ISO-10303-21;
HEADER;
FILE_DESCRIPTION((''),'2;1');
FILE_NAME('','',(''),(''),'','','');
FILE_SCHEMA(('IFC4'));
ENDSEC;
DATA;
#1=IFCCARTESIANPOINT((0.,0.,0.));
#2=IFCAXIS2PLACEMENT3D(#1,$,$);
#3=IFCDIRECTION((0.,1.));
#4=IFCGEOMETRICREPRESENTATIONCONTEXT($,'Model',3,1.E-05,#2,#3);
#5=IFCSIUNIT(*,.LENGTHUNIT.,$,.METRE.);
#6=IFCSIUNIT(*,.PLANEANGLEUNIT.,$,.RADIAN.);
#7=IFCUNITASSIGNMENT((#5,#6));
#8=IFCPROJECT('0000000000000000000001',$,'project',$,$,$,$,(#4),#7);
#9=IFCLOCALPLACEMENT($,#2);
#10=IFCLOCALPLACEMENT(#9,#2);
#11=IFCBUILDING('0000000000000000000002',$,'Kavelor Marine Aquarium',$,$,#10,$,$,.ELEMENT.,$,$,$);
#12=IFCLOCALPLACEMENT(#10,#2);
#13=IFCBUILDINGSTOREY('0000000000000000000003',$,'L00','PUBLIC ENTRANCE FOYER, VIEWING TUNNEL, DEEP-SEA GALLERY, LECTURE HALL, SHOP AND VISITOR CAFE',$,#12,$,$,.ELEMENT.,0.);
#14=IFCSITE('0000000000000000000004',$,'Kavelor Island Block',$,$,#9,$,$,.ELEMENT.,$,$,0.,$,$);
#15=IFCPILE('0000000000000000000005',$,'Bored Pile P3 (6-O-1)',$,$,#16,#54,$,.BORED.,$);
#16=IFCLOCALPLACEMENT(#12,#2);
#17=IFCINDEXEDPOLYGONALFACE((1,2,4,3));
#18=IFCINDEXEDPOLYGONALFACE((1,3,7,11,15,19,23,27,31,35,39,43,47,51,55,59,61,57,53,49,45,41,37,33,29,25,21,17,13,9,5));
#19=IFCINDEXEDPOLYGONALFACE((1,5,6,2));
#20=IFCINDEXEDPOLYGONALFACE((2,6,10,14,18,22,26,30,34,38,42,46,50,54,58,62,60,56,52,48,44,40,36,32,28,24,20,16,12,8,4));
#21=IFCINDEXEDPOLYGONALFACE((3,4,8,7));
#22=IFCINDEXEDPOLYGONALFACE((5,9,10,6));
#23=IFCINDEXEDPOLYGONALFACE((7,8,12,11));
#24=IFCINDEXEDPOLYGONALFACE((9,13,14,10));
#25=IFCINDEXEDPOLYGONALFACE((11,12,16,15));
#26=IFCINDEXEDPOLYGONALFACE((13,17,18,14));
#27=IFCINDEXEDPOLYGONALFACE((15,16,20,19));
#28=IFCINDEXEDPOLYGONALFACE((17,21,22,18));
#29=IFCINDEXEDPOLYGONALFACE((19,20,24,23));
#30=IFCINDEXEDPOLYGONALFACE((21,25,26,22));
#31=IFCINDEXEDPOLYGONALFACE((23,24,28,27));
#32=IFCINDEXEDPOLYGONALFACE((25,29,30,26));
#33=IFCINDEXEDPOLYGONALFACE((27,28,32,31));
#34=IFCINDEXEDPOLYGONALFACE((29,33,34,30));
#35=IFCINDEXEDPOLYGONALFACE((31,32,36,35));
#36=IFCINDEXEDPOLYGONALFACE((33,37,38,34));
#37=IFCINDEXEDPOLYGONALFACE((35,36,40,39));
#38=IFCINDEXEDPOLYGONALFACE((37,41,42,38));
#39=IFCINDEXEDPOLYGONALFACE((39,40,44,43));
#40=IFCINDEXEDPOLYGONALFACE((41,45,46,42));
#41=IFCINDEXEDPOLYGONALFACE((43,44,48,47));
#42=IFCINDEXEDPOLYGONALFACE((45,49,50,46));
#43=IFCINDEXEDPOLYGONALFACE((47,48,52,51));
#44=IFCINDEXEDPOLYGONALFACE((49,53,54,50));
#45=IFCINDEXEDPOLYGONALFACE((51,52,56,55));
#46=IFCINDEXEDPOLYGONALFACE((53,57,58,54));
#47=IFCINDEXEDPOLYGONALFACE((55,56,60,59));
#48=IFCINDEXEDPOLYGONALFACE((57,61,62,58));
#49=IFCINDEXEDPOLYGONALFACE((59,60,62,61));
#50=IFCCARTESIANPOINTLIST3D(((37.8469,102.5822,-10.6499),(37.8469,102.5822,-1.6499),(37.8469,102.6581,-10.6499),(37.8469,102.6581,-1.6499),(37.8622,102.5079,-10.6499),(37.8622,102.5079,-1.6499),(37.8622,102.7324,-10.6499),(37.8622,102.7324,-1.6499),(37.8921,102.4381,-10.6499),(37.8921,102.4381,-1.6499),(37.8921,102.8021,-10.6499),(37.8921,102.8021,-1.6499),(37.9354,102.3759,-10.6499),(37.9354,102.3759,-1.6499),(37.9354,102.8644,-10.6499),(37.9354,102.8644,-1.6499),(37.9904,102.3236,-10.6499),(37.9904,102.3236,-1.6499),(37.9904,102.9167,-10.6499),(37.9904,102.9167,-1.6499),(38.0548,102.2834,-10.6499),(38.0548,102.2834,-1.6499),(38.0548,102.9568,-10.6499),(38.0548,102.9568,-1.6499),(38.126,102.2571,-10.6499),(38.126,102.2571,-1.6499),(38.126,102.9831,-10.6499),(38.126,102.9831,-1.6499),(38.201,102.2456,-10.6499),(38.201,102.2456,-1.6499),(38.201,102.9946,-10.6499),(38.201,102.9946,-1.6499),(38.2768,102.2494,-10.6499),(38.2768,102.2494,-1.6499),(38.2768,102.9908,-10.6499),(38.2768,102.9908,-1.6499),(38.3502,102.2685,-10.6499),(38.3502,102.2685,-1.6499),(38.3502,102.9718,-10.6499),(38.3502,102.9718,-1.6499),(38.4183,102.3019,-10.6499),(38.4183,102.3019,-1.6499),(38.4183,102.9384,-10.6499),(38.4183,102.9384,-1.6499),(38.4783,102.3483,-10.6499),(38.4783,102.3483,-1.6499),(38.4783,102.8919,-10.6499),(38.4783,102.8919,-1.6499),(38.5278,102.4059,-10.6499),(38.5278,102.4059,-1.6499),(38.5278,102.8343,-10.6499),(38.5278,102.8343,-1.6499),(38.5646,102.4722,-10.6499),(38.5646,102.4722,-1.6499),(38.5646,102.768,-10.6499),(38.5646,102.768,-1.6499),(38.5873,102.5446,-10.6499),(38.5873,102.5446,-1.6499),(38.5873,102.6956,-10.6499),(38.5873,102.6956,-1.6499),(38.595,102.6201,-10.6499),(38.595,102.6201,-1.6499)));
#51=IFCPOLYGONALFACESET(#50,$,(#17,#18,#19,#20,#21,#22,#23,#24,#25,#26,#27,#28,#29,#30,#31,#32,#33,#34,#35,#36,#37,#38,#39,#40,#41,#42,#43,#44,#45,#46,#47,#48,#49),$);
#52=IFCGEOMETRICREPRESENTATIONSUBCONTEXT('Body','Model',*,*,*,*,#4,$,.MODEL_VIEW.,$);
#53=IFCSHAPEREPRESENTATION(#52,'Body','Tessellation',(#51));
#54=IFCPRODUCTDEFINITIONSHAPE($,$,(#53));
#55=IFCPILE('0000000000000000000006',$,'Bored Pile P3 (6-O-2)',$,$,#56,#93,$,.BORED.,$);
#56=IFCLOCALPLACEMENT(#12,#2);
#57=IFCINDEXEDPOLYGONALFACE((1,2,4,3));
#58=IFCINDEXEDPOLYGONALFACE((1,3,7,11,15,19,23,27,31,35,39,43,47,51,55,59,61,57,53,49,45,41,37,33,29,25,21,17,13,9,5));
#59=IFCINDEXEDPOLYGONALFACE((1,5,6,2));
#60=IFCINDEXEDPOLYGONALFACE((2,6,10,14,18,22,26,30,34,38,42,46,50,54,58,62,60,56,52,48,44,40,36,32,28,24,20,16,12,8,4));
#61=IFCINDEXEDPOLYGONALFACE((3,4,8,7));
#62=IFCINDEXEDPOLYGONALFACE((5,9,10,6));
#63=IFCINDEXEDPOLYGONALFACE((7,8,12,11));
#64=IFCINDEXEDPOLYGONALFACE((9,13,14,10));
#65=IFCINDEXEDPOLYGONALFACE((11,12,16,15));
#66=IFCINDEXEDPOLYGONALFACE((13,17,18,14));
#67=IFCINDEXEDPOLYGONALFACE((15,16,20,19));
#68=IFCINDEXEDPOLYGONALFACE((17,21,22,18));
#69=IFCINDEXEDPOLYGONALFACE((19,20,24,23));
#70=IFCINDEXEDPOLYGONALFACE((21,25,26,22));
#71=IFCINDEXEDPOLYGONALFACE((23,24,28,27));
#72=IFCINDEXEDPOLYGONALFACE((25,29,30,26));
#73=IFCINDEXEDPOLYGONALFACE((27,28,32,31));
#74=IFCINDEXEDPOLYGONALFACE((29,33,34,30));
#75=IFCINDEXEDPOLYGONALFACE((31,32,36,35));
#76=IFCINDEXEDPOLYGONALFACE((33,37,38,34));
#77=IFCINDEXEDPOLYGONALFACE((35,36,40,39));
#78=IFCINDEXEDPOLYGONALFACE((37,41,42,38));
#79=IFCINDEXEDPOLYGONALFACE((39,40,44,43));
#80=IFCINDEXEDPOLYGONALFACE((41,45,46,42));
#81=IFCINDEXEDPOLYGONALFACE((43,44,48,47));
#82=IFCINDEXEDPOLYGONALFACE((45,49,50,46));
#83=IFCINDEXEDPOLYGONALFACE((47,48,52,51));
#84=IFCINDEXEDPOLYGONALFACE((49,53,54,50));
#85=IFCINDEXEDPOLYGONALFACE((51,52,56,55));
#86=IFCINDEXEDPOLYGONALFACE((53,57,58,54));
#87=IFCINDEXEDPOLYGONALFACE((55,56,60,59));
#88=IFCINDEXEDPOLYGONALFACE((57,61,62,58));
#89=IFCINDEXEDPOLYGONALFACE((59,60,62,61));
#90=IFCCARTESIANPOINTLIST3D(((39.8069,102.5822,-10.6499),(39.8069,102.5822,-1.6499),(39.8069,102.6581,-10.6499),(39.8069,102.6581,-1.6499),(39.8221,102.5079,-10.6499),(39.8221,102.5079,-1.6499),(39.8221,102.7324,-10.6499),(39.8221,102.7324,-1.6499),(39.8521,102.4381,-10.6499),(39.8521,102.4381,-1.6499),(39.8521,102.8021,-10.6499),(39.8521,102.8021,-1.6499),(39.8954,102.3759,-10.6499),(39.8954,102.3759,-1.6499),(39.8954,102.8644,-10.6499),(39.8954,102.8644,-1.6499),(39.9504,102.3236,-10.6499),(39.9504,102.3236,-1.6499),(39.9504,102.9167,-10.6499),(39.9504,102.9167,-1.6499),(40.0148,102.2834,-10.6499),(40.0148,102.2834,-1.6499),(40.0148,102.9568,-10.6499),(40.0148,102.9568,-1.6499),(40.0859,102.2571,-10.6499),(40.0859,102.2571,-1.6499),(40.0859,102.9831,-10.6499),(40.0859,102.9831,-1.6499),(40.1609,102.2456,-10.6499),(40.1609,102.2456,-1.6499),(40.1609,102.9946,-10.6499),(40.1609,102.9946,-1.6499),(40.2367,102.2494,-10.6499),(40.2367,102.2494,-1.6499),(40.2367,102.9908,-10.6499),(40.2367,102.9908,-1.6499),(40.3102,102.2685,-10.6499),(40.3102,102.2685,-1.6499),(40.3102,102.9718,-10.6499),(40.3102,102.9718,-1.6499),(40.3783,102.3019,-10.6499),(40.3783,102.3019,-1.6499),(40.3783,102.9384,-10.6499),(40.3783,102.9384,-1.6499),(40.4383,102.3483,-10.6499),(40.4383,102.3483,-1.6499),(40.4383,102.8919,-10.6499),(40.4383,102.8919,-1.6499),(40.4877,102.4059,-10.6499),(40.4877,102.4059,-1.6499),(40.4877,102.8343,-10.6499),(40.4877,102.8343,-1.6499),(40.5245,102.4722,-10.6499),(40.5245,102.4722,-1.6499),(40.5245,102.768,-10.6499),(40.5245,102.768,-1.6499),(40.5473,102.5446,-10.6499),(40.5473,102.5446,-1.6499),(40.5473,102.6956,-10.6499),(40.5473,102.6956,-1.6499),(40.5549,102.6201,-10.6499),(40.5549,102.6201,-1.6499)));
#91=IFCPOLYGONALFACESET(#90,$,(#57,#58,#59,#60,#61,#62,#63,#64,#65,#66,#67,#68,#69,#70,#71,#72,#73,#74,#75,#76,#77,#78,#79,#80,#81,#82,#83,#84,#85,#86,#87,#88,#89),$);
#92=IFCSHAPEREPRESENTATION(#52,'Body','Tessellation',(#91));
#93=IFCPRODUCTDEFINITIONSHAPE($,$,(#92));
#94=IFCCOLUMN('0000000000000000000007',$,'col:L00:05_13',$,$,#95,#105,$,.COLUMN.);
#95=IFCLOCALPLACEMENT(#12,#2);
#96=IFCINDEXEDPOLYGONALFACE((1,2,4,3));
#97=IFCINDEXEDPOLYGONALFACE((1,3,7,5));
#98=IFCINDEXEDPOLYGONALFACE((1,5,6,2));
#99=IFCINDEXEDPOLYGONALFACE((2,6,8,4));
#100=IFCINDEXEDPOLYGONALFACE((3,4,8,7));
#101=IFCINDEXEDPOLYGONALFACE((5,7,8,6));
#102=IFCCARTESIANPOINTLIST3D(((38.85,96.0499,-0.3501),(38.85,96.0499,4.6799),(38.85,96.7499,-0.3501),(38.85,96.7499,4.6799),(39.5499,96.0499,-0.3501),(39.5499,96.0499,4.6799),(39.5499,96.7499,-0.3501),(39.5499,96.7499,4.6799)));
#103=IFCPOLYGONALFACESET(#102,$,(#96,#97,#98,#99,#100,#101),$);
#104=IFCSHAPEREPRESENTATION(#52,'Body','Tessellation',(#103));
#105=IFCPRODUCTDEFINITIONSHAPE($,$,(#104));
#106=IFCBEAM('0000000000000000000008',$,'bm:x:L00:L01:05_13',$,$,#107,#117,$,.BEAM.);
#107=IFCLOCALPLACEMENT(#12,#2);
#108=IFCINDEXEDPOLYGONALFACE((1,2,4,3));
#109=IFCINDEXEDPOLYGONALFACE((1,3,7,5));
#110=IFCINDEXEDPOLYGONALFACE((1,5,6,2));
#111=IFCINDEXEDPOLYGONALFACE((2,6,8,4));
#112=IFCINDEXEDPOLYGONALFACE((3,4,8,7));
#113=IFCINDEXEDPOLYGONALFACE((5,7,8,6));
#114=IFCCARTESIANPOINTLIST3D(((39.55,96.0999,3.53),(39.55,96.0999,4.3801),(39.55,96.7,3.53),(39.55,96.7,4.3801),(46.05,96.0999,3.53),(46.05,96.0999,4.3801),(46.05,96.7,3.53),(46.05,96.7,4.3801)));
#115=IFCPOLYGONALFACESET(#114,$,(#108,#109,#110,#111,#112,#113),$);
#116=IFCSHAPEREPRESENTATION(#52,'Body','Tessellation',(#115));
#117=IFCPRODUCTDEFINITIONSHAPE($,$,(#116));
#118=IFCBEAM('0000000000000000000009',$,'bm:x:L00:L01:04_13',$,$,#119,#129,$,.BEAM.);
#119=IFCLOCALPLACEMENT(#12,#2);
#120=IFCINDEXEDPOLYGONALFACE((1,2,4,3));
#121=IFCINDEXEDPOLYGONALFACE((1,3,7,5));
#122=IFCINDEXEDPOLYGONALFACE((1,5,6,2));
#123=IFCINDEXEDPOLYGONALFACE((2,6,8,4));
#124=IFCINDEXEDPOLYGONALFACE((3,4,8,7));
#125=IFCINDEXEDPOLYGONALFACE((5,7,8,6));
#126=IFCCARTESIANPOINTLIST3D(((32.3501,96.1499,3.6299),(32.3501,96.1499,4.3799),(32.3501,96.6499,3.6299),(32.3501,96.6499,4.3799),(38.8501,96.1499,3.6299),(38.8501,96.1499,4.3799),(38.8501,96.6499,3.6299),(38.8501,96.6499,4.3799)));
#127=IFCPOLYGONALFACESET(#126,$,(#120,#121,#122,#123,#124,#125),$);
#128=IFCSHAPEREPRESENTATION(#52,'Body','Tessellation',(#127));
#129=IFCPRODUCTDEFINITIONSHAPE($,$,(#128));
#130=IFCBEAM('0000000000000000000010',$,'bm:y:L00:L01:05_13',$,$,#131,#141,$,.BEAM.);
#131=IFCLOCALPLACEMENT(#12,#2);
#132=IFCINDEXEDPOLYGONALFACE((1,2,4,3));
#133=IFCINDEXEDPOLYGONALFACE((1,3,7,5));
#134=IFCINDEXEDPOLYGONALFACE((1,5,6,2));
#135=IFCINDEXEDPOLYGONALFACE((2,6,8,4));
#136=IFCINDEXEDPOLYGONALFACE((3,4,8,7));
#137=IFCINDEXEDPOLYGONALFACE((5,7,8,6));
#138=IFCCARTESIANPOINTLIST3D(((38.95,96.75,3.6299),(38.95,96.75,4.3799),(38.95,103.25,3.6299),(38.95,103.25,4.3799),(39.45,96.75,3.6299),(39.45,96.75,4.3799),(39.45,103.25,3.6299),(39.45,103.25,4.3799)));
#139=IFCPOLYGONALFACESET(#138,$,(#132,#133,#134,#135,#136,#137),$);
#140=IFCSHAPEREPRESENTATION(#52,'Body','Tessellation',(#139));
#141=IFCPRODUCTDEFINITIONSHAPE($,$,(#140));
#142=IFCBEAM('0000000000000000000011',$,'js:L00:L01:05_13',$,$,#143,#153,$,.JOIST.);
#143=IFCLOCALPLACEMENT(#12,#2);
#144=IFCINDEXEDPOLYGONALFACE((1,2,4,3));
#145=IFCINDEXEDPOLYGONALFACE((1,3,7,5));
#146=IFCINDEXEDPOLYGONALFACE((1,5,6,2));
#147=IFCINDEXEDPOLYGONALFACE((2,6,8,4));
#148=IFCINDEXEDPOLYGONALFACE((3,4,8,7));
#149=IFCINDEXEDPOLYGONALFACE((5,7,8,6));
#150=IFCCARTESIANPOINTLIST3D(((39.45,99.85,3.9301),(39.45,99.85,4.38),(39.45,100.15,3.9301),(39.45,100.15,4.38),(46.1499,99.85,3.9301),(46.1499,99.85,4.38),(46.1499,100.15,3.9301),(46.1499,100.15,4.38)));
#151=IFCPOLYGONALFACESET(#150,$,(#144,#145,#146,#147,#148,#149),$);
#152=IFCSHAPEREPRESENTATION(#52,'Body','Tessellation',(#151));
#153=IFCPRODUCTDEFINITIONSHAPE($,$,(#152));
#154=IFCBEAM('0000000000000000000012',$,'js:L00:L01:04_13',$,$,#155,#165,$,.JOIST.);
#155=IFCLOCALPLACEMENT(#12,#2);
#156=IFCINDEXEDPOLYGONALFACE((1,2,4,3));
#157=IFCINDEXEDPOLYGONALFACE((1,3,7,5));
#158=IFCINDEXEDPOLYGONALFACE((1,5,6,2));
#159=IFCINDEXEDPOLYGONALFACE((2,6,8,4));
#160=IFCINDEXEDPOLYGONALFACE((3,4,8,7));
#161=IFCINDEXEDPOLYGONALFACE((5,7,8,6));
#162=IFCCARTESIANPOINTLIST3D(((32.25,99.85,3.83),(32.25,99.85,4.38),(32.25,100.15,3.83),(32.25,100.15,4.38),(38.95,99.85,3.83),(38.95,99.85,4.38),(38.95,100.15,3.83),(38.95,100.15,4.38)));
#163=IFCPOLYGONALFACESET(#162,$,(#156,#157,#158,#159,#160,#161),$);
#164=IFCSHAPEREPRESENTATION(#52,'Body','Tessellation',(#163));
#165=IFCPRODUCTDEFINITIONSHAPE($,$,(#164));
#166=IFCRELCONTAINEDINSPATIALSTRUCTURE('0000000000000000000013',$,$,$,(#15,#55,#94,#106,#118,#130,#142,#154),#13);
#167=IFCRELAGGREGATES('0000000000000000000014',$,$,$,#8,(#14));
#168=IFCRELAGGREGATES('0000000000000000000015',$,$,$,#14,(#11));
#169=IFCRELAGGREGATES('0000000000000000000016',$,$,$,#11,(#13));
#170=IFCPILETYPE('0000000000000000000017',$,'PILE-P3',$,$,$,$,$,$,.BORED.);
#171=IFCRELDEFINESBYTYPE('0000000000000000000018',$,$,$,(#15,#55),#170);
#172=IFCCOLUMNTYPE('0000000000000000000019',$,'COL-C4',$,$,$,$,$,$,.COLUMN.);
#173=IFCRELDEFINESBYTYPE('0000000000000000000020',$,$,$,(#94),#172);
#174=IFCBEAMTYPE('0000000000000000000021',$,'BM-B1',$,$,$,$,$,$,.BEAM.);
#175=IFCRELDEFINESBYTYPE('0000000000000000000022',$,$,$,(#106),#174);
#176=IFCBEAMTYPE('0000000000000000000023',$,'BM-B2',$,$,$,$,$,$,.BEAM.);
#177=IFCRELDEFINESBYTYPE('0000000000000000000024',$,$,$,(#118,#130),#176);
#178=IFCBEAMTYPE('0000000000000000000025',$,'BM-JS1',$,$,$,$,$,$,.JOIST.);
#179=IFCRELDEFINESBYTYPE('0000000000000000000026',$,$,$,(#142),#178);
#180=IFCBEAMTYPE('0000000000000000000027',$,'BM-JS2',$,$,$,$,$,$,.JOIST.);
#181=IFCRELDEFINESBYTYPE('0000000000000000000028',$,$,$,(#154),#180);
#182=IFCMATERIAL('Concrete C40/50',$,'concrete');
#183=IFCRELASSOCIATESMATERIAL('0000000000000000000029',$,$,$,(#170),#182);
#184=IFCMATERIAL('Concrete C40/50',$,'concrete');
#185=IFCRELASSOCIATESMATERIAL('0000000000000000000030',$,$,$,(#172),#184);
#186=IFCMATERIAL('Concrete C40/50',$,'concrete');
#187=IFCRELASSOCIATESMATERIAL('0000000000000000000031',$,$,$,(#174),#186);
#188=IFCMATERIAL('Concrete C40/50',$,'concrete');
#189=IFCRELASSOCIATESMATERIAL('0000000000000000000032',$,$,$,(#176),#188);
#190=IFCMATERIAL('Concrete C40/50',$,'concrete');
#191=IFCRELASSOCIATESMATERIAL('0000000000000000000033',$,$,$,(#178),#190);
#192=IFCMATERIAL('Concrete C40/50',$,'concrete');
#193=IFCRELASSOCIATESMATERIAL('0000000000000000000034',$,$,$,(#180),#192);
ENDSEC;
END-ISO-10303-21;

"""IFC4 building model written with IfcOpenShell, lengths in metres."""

from ifc_helpers import new_model, si_unit, direction, frame, origin, origin_2d, place, context, subcontext, project, spatial, rectangle, circle, extrude, material, material_profile, profile_set, type_object, element, save


model = new_model("IFC4")

# Units and contexts
model_context = context("Model", 3, precision=1e-05, world=origin(), true_north=direction((0.0, 1.0)))
body_context = subcontext(model_context, "Body", "Model", "MODEL_VIEW")
ifc_project = project(units=[si_unit("LENGTHUNIT", "METRE"), si_unit("PLANEANGLEUNIT", "RADIAN")], contexts=[model_context])

# Site, building, storey
site_placement = place(None, origin())
site = spatial("IfcSite", under=ifc_project, at=site_placement, Name="Kavelor Island Block", CompositionType="ELEMENT", RefElevation=0.0)
building_placement = place(site_placement, origin())
building = spatial("IfcBuilding", under=site, at=building_placement, Name="Kavelor Marine Aquarium", CompositionType="ELEMENT")
storey_placement = place(building_placement, origin())
storey = spatial("IfcBuildingStorey", under=building, at=storey_placement, Name="L00", Description="PUBLIC ENTRANCE FOYER, VIEWING TUNNEL, DEEP-SEA GALLERY, LECTURE HALL, SHOP AND VISITOR CAFE", CompositionType="ELEMENT", Elevation=0.0)

# Piles
ifc_material_1 = material(Name="Concrete C40/50", Category="concrete")
ifc_material_profile_1 = material_profile(ifc_material_1, circle(Radius=0.375, at=origin_2d()), Name="PILE D750")
ifc_profile_set_1 = profile_set([ifc_material_profile_1], Name="Concrete C40/50")
pile_type_1 = type_object("IfcPileType", Name="PILE-P3", PredefinedType="BORED", material=ifc_profile_set_1)
for number, where, z_axis, x_axis, name in (
    (1, (38.22, 102.6201, -1.6499), (0.0, 0.0, -1.0), (1.0, 0.0, 0.0), "Bored Pile P3 (6-O-1)"),
    (2, (40.1799, 102.6201, -1.6499), (0.0, 0.0, -1.0), (1.0, 0.0, 0.0), "Bored Pile P3 (6-O-2)"),
):
    element("IfcPile", number, at=place(storey_placement, frame(where, z_axis=z_axis, x_axis=x_axis)), inside=storey, type_object=pile_type_1, Name=name, PredefinedType="BORED", context=body_context, shape_type="SweptSolid", body=[
        extrude(circle(Radius=0.375, at=origin_2d()), origin(), (0.0, 0.0, 1.0), 9.0),
    ])

# Column
ifc_material_2 = material(Name="Concrete C40/50", Category="concrete")
ifc_material_profile_2 = material_profile(ifc_material_2, rectangle(XDim=0.7, YDim=0.7, at=origin_2d()), Name="RC-COL 700x700")
ifc_profile_set_2 = profile_set([ifc_material_profile_2], Name="Concrete C40/50")
column_type = type_object("IfcColumnType", Name="COL-C4", PredefinedType="COLUMN", material=ifc_profile_set_2)
column_placement = place(storey_placement, frame((39.2, 96.3999, -0.3501), z_axis=(0.0, 0.0, 1.0), x_axis=(1.0, 0.0, 0.0)))
element("IfcColumn", 3, at=column_placement, inside=storey, type_object=column_type, Name="col:L00:05_13", PredefinedType="COLUMN", context=body_context, shape_type="SweptSolid", body=[
    extrude(rectangle(XDim=0.7, YDim=0.7, at=origin_2d()), origin(), (0.0, 0.0, 1.0), 5.03),
])

# Beams
ifc_material_3 = material(Name="Concrete C40/50", Category="concrete")
ifc_material_profile_3 = material_profile(ifc_material_3, rectangle(XDim=0.6001, YDim=0.8501, at=origin_2d()), Name="RC-BM 600x850")
ifc_profile_set_3 = profile_set([ifc_material_profile_3], Name="Concrete C40/50")
beam_type_1 = type_object("IfcBeamType", Name="BM-B1", PredefinedType="BEAM", material=ifc_profile_set_3)
beam_1_placement = place(storey_placement, frame((39.55, 96.3999, 3.9551), z_axis=(1.0, 0.0, 0.0), x_axis=(0.0, 1.0, 0.0)))
element("IfcBeam", 4, at=beam_1_placement, inside=storey, type_object=beam_type_1, Name="bm:x:L00:L01:05_13", PredefinedType="BEAM", context=body_context, shape_type="SweptSolid", body=[
    extrude(rectangle(XDim=0.6001, YDim=0.8501, at=origin_2d()), origin(), (0.0, 0.0, 1.0), 6.5),
])
ifc_material_4 = material(Name="Concrete C40/50", Category="concrete")
ifc_material_profile_4 = material_profile(ifc_material_4, rectangle(XDim=0.5, YDim=0.75, at=origin_2d()), Name="RC-BM 500x750")
ifc_profile_set_4 = profile_set([ifc_material_profile_4], Name="Concrete C40/50")
beam_type_2 = type_object("IfcBeamType", Name="BM-B2", PredefinedType="BEAM", material=ifc_profile_set_4)
for number, where, z_axis, x_axis, name in (
    (5, (32.3501, 96.3999, 4.0049), (1.0, 0.0, 0.0), (0.0, 1.0, 0.0), "bm:x:L00:L01:04_13"),
    (6, (39.2, 96.75, 4.0049), (0.0, 1.0, 0.0), (-1.0, 0.0, 0.0), "bm:y:L00:L01:05_13"),
):
    element("IfcBeam", number, at=place(storey_placement, frame(where, z_axis=z_axis, x_axis=x_axis)), inside=storey, type_object=beam_type_2, Name=name, PredefinedType="BEAM", context=body_context, shape_type="SweptSolid", body=[
        extrude(rectangle(XDim=0.5, YDim=0.75, at=origin_2d()), origin(), (0.0, 0.0, 1.0), 6.5),
    ])
ifc_material_5 = material(Name="Concrete C40/50", Category="concrete")
ifc_material_profile_5 = material_profile(ifc_material_5, rectangle(XDim=0.3, YDim=0.45, at=origin_2d()), Name="RC-JS 300x450")
ifc_profile_set_5 = profile_set([ifc_material_profile_5], Name="Concrete C40/50")
beam_type_3 = type_object("IfcBeamType", Name="BM-JS1", PredefinedType="JOIST", material=ifc_profile_set_5)
beam_2_placement = place(storey_placement, frame((39.45, 100.0, 4.155), z_axis=(1.0, 0.0, 0.0), x_axis=(0.0, 1.0, 0.0)))
element("IfcBeam", 7, at=beam_2_placement, inside=storey, type_object=beam_type_3, Name="js:L00:L01:05_13", PredefinedType="JOIST", context=body_context, shape_type="SweptSolid", body=[
    extrude(rectangle(XDim=0.3, YDim=0.45, at=origin_2d()), origin(), (0.0, 0.0, 1.0), 6.7),
])
ifc_material_6 = material(Name="Concrete C40/50", Category="concrete")
ifc_material_profile_6 = material_profile(ifc_material_6, rectangle(XDim=0.3, YDim=0.55, at=origin_2d()), Name="RC-JS 300x550")
ifc_profile_set_6 = profile_set([ifc_material_profile_6], Name="Concrete C40/50")
beam_type_4 = type_object("IfcBeamType", Name="BM-JS2", PredefinedType="JOIST", material=ifc_profile_set_6)
beam_3_placement = place(storey_placement, frame((32.25, 100.0, 4.105), z_axis=(1.0, 0.0, 0.0), x_axis=(0.0, 1.0, 0.0)))
element("IfcBeam", 8, at=beam_3_placement, inside=storey, type_object=beam_type_4, Name="js:L00:L01:04_13", PredefinedType="JOIST", context=body_context, shape_type="SweptSolid", body=[
    extrude(rectangle(XDim=0.3, YDim=0.55, at=origin_2d()), origin(), (0.0, 0.0, 1.0), 6.7),
])

save(model, "model.ifc")
